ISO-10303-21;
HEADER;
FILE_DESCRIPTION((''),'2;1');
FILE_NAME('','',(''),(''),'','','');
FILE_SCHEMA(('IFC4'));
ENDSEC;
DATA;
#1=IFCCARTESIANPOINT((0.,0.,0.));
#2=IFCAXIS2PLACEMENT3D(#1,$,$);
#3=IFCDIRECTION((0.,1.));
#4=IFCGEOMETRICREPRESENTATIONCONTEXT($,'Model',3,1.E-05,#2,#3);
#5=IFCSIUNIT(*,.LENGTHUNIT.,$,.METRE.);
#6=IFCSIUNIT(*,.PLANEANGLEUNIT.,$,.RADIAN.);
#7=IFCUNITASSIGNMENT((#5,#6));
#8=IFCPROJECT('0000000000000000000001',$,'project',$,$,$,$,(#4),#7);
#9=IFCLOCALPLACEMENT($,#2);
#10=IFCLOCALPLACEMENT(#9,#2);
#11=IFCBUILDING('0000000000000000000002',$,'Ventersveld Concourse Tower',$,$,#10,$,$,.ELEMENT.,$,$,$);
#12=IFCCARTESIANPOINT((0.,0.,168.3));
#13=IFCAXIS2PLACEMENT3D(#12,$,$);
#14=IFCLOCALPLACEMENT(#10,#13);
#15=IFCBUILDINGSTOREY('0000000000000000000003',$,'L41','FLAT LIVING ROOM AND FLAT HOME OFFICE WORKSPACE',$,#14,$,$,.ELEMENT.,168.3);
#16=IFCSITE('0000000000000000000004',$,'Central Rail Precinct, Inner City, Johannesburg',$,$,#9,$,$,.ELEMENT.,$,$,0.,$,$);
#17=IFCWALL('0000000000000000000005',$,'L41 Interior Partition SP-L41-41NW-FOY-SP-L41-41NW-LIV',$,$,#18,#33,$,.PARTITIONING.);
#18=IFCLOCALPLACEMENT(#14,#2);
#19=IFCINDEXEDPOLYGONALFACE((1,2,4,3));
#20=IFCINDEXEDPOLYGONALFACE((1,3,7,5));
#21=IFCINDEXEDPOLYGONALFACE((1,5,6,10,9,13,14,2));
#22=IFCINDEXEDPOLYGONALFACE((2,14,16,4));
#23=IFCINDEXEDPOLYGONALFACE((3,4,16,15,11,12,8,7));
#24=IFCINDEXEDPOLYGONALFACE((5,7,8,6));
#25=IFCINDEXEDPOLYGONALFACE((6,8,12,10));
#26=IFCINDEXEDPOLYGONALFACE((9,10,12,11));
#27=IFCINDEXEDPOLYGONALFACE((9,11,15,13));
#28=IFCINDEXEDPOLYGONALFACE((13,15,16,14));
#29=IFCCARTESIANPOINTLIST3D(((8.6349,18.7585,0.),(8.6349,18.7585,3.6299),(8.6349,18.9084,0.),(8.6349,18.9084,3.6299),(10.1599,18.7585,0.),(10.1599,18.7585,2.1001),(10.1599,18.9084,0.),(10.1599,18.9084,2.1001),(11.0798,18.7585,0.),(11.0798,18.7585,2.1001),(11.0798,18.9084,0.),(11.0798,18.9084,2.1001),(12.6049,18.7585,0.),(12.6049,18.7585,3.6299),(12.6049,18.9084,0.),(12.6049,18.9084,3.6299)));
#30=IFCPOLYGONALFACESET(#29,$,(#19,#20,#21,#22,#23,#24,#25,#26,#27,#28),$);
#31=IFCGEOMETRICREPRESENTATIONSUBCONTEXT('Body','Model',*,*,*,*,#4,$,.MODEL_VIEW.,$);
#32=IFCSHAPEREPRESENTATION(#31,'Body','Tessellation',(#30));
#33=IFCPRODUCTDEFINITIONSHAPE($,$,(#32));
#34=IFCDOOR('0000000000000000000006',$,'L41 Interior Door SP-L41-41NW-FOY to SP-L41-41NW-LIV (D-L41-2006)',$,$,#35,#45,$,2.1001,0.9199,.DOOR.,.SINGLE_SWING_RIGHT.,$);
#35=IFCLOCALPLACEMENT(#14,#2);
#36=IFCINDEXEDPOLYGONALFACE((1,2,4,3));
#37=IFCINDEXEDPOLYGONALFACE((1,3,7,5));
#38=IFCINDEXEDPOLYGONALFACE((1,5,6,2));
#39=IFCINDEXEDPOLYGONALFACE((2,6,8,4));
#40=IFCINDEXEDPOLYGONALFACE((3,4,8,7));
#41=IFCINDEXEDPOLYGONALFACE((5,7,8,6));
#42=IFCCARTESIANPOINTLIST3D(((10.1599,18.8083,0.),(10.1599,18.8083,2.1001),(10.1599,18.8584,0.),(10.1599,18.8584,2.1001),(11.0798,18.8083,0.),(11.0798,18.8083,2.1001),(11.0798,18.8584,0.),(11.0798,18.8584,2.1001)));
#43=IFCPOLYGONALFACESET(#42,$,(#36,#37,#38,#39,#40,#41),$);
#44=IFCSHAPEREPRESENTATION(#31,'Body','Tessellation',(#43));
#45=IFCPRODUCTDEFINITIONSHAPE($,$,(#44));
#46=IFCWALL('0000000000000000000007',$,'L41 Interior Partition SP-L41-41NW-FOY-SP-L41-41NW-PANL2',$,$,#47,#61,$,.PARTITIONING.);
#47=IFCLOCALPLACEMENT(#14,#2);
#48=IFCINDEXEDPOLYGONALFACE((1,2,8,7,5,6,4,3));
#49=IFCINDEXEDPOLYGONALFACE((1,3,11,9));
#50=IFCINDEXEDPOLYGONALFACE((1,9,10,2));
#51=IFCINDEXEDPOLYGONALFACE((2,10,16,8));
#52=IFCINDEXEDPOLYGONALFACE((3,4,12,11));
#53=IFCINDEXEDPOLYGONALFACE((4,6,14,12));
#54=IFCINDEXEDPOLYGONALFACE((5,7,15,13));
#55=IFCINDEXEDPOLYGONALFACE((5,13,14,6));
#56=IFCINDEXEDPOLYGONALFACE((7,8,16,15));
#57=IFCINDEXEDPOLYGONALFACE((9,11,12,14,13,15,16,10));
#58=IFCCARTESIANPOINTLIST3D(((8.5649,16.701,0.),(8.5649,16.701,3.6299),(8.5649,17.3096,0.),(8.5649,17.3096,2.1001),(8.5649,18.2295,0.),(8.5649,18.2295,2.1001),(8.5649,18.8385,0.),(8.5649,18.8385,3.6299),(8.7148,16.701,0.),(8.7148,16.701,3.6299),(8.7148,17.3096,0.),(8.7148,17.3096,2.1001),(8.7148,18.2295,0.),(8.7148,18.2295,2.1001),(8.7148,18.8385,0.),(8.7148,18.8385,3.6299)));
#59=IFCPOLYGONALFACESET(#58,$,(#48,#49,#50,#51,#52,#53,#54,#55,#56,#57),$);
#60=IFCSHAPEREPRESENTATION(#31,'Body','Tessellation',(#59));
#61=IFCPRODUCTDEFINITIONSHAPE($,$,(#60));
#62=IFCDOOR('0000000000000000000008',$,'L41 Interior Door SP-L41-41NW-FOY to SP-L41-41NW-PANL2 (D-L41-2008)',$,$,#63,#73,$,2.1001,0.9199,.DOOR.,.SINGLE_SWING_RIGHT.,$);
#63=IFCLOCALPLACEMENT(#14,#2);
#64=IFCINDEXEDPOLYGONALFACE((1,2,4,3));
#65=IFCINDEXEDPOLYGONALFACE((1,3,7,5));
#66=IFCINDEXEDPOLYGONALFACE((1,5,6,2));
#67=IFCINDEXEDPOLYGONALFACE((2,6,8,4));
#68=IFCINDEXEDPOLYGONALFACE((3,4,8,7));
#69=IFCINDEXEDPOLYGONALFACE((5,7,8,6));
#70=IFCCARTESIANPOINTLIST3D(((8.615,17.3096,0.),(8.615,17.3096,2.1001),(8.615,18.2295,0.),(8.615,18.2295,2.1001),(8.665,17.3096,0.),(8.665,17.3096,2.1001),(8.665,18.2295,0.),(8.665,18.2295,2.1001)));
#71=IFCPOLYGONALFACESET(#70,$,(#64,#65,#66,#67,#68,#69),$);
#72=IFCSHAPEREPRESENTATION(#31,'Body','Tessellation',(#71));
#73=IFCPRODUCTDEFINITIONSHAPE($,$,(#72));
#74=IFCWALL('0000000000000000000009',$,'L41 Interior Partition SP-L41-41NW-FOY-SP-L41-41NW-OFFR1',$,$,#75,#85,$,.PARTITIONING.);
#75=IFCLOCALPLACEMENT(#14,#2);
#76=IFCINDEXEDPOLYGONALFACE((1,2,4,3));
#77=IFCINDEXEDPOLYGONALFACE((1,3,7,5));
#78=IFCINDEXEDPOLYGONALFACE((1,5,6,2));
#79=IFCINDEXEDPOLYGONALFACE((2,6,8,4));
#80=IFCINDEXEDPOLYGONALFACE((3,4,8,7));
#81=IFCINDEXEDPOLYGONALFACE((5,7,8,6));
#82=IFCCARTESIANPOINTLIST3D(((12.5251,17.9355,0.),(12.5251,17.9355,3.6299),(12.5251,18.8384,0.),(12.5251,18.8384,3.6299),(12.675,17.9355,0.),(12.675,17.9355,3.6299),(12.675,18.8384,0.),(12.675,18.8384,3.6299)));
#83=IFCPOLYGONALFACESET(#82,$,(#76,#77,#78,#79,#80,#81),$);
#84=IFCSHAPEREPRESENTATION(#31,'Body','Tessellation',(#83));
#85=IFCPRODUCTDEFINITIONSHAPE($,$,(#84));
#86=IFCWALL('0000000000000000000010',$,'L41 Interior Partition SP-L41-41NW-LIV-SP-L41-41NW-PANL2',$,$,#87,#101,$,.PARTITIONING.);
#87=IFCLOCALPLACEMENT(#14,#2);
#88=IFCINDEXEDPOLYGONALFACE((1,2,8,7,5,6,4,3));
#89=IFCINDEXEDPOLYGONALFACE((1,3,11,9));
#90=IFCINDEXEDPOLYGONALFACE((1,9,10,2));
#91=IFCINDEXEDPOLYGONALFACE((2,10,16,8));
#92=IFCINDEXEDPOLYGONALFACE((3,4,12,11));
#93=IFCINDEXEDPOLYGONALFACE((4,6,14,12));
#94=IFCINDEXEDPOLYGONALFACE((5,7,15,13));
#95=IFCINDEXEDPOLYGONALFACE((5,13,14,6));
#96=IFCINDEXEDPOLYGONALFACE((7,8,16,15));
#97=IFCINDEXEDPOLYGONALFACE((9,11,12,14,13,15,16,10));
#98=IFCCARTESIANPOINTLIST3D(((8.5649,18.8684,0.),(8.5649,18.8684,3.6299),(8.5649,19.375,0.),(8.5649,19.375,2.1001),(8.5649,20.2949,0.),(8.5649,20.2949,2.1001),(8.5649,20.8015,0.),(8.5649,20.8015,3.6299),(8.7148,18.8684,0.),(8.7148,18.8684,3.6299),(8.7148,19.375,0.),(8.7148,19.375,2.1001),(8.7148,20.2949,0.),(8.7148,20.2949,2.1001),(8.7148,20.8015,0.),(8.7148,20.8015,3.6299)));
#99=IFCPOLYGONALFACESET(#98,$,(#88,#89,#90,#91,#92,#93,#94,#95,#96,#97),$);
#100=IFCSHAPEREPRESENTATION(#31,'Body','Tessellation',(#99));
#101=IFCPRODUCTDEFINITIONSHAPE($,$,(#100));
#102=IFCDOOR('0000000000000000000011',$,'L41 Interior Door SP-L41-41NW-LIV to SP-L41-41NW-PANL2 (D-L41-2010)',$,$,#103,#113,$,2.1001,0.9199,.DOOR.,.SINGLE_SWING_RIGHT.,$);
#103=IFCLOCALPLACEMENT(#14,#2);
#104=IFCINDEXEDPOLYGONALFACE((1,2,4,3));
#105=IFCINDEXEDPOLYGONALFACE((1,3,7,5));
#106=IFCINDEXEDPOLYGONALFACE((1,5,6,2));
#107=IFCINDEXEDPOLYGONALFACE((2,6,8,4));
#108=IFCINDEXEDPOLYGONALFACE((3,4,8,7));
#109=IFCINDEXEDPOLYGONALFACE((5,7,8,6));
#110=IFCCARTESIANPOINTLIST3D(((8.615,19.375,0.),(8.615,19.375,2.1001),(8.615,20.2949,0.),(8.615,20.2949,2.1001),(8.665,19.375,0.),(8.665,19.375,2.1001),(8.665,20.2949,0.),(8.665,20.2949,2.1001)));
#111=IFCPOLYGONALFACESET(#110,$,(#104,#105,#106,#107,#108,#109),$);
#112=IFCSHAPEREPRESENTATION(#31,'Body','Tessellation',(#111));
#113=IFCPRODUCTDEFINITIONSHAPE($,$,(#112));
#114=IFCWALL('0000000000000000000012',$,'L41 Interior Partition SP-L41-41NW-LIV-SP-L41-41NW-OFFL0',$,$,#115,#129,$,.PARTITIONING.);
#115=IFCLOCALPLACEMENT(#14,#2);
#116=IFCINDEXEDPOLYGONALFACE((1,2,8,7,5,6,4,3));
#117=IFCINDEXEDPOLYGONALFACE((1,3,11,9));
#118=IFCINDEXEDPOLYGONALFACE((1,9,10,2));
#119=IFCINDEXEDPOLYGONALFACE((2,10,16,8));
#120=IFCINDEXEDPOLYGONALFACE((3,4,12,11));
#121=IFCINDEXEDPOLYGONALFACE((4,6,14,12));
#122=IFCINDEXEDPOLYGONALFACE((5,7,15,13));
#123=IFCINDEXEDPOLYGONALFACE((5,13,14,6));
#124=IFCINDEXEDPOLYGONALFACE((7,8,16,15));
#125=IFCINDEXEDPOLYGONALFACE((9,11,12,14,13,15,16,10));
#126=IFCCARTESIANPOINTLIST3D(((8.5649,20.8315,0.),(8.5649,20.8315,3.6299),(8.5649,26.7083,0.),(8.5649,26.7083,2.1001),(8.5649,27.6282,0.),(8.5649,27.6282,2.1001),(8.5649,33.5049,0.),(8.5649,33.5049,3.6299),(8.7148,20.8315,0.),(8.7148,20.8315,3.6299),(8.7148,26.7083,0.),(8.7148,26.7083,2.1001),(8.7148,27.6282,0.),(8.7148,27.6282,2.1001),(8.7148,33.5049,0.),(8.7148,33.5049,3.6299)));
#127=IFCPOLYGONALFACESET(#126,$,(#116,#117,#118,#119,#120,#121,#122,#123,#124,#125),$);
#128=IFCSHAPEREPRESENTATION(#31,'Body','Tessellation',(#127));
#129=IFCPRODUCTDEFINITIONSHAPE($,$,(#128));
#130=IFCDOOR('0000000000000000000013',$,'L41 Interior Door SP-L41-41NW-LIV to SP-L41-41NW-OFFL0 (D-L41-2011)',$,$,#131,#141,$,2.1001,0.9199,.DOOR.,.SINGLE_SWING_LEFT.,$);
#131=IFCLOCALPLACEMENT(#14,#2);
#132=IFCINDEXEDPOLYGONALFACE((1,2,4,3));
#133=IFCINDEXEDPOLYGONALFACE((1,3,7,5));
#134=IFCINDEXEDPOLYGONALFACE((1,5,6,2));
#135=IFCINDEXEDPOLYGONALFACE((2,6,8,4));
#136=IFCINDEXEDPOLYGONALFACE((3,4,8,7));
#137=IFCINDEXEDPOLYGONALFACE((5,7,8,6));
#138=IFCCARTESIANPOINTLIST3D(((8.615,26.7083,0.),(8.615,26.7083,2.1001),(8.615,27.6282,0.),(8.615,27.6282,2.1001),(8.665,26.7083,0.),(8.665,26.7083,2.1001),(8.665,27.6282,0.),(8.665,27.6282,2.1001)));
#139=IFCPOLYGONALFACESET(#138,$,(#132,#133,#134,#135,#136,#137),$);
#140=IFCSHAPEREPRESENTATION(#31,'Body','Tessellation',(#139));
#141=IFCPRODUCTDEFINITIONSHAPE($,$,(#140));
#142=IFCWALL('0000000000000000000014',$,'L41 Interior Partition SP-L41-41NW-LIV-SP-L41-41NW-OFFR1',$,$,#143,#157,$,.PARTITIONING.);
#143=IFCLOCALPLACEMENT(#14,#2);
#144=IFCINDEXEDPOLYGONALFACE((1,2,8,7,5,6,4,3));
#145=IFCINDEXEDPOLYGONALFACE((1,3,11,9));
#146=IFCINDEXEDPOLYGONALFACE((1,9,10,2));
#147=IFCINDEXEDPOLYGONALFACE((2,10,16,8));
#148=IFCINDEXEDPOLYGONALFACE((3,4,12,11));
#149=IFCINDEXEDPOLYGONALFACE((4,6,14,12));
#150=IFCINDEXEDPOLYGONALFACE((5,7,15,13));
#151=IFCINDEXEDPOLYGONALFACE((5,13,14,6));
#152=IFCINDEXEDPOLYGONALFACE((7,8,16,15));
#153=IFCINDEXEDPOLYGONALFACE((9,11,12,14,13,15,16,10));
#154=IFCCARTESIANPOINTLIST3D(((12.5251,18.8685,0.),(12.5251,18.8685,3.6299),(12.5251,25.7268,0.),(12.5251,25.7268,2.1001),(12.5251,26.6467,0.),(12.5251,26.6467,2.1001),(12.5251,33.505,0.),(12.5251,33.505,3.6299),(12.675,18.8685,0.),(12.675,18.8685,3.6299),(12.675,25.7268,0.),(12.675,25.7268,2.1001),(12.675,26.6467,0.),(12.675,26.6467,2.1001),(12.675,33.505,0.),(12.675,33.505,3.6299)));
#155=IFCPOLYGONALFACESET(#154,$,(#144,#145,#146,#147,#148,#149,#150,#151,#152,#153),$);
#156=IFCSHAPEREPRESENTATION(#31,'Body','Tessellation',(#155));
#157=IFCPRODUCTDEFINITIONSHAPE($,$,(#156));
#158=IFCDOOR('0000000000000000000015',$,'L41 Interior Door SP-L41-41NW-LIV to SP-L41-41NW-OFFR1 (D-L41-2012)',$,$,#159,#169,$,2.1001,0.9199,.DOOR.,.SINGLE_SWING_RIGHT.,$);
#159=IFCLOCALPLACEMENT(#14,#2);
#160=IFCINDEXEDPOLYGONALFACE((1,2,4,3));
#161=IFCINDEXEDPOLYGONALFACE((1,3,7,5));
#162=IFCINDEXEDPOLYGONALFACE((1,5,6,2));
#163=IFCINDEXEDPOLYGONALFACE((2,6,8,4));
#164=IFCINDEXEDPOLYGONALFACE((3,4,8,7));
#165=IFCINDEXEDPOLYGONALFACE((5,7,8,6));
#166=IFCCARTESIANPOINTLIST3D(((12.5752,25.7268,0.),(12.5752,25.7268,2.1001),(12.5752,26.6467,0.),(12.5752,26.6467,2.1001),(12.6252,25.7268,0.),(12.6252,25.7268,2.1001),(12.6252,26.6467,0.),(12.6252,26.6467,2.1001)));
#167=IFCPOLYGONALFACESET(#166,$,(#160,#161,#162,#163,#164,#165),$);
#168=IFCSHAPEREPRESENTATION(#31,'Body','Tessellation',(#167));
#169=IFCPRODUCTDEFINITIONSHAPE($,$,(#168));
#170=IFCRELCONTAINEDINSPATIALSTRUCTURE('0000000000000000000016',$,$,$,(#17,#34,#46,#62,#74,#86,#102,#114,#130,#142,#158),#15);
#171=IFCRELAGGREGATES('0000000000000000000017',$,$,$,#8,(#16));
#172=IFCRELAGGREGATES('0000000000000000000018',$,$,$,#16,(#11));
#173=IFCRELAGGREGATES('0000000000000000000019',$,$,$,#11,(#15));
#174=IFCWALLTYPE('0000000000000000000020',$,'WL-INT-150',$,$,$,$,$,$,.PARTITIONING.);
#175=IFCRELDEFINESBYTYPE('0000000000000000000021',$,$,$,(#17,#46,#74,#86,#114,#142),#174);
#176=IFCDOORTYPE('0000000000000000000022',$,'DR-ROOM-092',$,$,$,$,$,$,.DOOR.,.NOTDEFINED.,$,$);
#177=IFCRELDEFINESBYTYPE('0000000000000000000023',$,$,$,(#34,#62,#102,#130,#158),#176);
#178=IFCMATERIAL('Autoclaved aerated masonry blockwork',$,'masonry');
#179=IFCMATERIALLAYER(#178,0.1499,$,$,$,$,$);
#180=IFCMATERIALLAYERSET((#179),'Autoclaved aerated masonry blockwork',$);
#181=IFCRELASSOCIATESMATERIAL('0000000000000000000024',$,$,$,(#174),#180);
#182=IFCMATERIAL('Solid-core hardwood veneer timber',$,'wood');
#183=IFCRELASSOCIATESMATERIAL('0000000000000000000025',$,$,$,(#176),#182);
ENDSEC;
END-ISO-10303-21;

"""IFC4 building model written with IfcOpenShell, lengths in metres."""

from ifc_helpers import new_model, si_unit, direction, frame, frame_2d, origin, place, context, subcontext, project, spatial, rectangle, extrude, material, layer, layer_set, type_object, element, fill, save


model = new_model("IFC4")

# Units and contexts
model_context = context("Model", 3, precision=1e-05, world=origin(), true_north=direction((0.0, 1.0)))
body_context = subcontext(model_context, "Body", "Model", "MODEL_VIEW")
ifc_project = project(units=[si_unit("LENGTHUNIT", "METRE"), si_unit("PLANEANGLEUNIT", "RADIAN")], contexts=[model_context])

# Site, building, storey
site_placement = place(None, origin())
site = spatial("IfcSite", under=ifc_project, at=site_placement, Name="Central Rail Precinct, Inner City, Johannesburg", CompositionType="ELEMENT", RefElevation=0.0)
building_placement = place(site_placement, origin())
building = spatial("IfcBuilding", under=site, at=building_placement, Name="Ventersveld Concourse Tower", CompositionType="ELEMENT")
storey_placement = place(building_placement, frame((0.0, 0.0, 168.3)))
storey = spatial("IfcBuildingStorey", under=building, at=storey_placement, Name="L41", Description="FLAT LIVING ROOM AND FLAT HOME OFFICE WORKSPACE", CompositionType="ELEMENT", Elevation=168.3)

# Shared definitions
ifc_material_1 = material(Name="Solid-core hardwood veneer timber", Category="wood")

# Walls, openings, doors
ifc_material_2 = material(Name="Autoclaved aerated masonry blockwork", Category="masonry")
ifc_layer_1 = layer(ifc_material_2, 0.1499)
ifc_layer_set_1 = layer_set([ifc_layer_1], Name="Autoclaved aerated masonry blockwork")
wall_type_1 = type_object("IfcWallType", Name="WL-INT-150", PredefinedType="PARTITIONING", material=ifc_layer_set_1)
wall_1_placement = place(storey_placement, frame((8.635, 18.8335, 0.0), z_axis=(0.0, 0.0, 1.0), x_axis=(1.0, 0.0, 0.0)))
wall_1 = element("IfcWall", 1, at=wall_1_placement, inside=storey, type_object=wall_type_1, Name="L41 Interior Partition SP-L41-41NW-FOY-SP-L41-41NW-LIV", PredefinedType="PARTITIONING", context=body_context, shape_type="SweptSolid", body=[
    extrude(rectangle(XDim=3.97, YDim=0.1499, at=frame_2d((1.9849, 0.0))), origin(), (0.0, 0.0, 1.0), 3.6299),
])
opening_1_placement = place(wall_1_placement, frame((1.5249, 0.0, 0.0)))
opening_1 = element("IfcOpeningElement", 2, at=opening_1_placement, cuts=wall_1, PredefinedType="OPENING", context=body_context, shape_type="SweptSolid", body=[
    extrude(rectangle(XDim=0.9199, YDim=2.1001, at=frame_2d((0.46, 1.05))), frame((0.0, 0.085, 0.0), z_axis=(0.0, -1.0, 0.0), x_axis=(1.0, 0.0, 0.0)), (0.0, 0.0, 1.0), 0.1699),
])
door_type_1 = type_object("IfcDoorType", Name="DR-ROOM-092", OperationType="NOTDEFINED", PredefinedType="DOOR", material=ifc_material_1)
door_1_placement = place(opening_1_placement, origin())
door_1 = element("IfcDoor", 3, at=door_1_placement, inside=storey, type_object=door_type_1, Name="L41 Interior Door SP-L41-41NW-FOY to SP-L41-41NW-LIV (D-L41-2006)", OperationType="SINGLE_SWING_RIGHT", OverallHeight=2.1001, OverallWidth=0.9199, PredefinedType="DOOR", context=body_context, shape_type="SweptSolid", body=[
    extrude(rectangle(XDim=0.9199, YDim=2.1001, at=frame_2d((0.46, 1.05))), frame((0.0, 0.0249, 0.0), z_axis=(0.0, -1.0, 0.0), x_axis=(1.0, 0.0, 0.0)), (0.0, 0.0, 1.0), 0.05),
])
fill(opening_1, door_1)
wall_2_placement = place(storey_placement, frame((8.6399, 16.7009, 0.0), z_axis=(0.0, 0.0, 1.0), x_axis=(0.0, 1.0, 0.0)))
wall_2 = element("IfcWall", 4, at=wall_2_placement, inside=storey, type_object=wall_type_1, Name="L41 Interior Partition SP-L41-41NW-FOY-SP-L41-41NW-PANL2", PredefinedType="PARTITIONING", context=body_context, shape_type="SweptSolid", body=[
    extrude(rectangle(XDim=2.1375, YDim=0.1499, at=frame_2d((1.0688, 0.0))), origin(), (0.0, 0.0, 1.0), 3.6299),
])
opening_2_placement = place(wall_2_placement, frame((0.6086, 0.0, 0.0)))
opening_2 = element("IfcOpeningElement", 5, at=opening_2_placement, cuts=wall_2, PredefinedType="OPENING", context=body_context, shape_type="SweptSolid", body=[
    extrude(rectangle(XDim=0.9199, YDim=2.1001, at=frame_2d((0.46, 1.05))), frame((0.0, 0.085, 0.0), z_axis=(0.0, -1.0, 0.0), x_axis=(1.0, 0.0, 0.0)), (0.0, 0.0, 1.0), 0.1699),
])
door_2_placement = place(opening_2_placement, origin())
door_2 = element("IfcDoor", 6, at=door_2_placement, inside=storey, type_object=door_type_1, Name="L41 Interior Door SP-L41-41NW-FOY to SP-L41-41NW-PANL2 (D-L41-2008)", OperationType="SINGLE_SWING_RIGHT", OverallHeight=2.1001, OverallWidth=0.9199, PredefinedType="DOOR", context=body_context, shape_type="SweptSolid", body=[
    extrude(rectangle(XDim=0.9199, YDim=2.1001, at=frame_2d((0.46, 1.05))), frame((0.0, 0.0249, 0.0), z_axis=(0.0, -1.0, 0.0), x_axis=(1.0, 0.0, 0.0)), (0.0, 0.0, 1.0), 0.05),
])
fill(opening_2, door_2)

# Wall
wall_3_placement = place(storey_placement, frame((12.6001, 17.9355, 0.0), z_axis=(0.0, 0.0, 1.0), x_axis=(0.0, 1.0, 0.0)))
element("IfcWall", 7, at=wall_3_placement, inside=storey, type_object=wall_type_1, Name="L41 Interior Partition SP-L41-41NW-FOY-SP-L41-41NW-OFFR1", PredefinedType="PARTITIONING", context=body_context, shape_type="SweptSolid", body=[
    extrude(rectangle(XDim=0.9028, YDim=0.1499, at=frame_2d((0.4514, 0.0))), origin(), (0.0, 0.0, 1.0), 3.6299),
])

# Walls, openings, doors
wall_4_placement = place(storey_placement, frame((8.6399, 18.8684, 0.0), z_axis=(0.0, 0.0, 1.0), x_axis=(0.0, 1.0, 0.0)))
wall_4 = element("IfcWall", 8, at=wall_4_placement, inside=storey, type_object=wall_type_1, Name="L41 Interior Partition SP-L41-41NW-LIV-SP-L41-41NW-PANL2", PredefinedType="PARTITIONING", context=body_context, shape_type="SweptSolid", body=[
    extrude(rectangle(XDim=1.9331, YDim=0.1499, at=frame_2d((0.9666, 0.0))), origin(), (0.0, 0.0, 1.0), 3.6299),
])
opening_3_placement = place(wall_4_placement, frame((0.5066, 0.0, 0.0)))
opening_3 = element("IfcOpeningElement", 9, at=opening_3_placement, cuts=wall_4, PredefinedType="OPENING", context=body_context, shape_type="SweptSolid", body=[
    extrude(rectangle(XDim=0.9199, YDim=2.1001, at=frame_2d((0.46, 1.05))), frame((0.0, 0.085, 0.0), z_axis=(0.0, -1.0, 0.0), x_axis=(1.0, 0.0, 0.0)), (0.0, 0.0, 1.0), 0.1699),
])
door_3_placement = place(opening_3_placement, origin())
door_3 = element("IfcDoor", 10, at=door_3_placement, inside=storey, type_object=door_type_1, Name="L41 Interior Door SP-L41-41NW-LIV to SP-L41-41NW-PANL2 (D-L41-2010)", OperationType="SINGLE_SWING_RIGHT", OverallHeight=2.1001, OverallWidth=0.9199, PredefinedType="DOOR", context=body_context, shape_type="SweptSolid", body=[
    extrude(rectangle(XDim=0.9199, YDim=2.1001, at=frame_2d((0.46, 1.05))), frame((0.0, 0.0249, 0.0), z_axis=(0.0, -1.0, 0.0), x_axis=(1.0, 0.0, 0.0)), (0.0, 0.0, 1.0), 0.05),
])
fill(opening_3, door_3)
wall_5_placement = place(storey_placement, frame((8.6399, 20.8315, 0.0), z_axis=(0.0, 0.0, 1.0), x_axis=(0.0, 1.0, 0.0)))
wall_5 = element("IfcWall", 11, at=wall_5_placement, inside=storey, type_object=wall_type_1, Name="L41 Interior Partition SP-L41-41NW-LIV-SP-L41-41NW-OFFL0", PredefinedType="PARTITIONING", context=body_context, shape_type="SweptSolid", body=[
    extrude(rectangle(XDim=12.6733, YDim=0.1499, at=frame_2d((6.3367, 0.0))), origin(), (0.0, 0.0, 1.0), 3.6299),
])
opening_4_placement = place(wall_5_placement, frame((5.8767, 0.0, 0.0)))
opening_4 = element("IfcOpeningElement", 12, at=opening_4_placement, cuts=wall_5, PredefinedType="OPENING", context=body_context, shape_type="SweptSolid", body=[
    extrude(rectangle(XDim=0.9199, YDim=2.1001, at=frame_2d((0.46, 1.05))), frame((0.0, 0.085, 0.0), z_axis=(0.0, -1.0, 0.0), x_axis=(1.0, 0.0, 0.0)), (0.0, 0.0, 1.0), 0.1699),
])
door_4_placement = place(opening_4_placement, origin())
door_4 = element("IfcDoor", 13, at=door_4_placement, inside=storey, type_object=door_type_1, Name="L41 Interior Door SP-L41-41NW-LIV to SP-L41-41NW-OFFL0 (D-L41-2011)", OperationType="SINGLE_SWING_LEFT", OverallHeight=2.1001, OverallWidth=0.9199, PredefinedType="DOOR", context=body_context, shape_type="SweptSolid", body=[
    extrude(rectangle(XDim=0.9199, YDim=2.1001, at=frame_2d((0.46, 1.05))), frame((0.0, 0.0249, 0.0), z_axis=(0.0, -1.0, 0.0), x_axis=(1.0, 0.0, 0.0)), (0.0, 0.0, 1.0), 0.05),
])
fill(opening_4, door_4)
wall_6_placement = place(storey_placement, frame((12.6001, 18.8684, 0.0), z_axis=(0.0, 0.0, 1.0), x_axis=(0.0, 1.0, 0.0)))
wall_6 = element("IfcWall", 14, at=wall_6_placement, inside=storey, type_object=wall_type_1, Name="L41 Interior Partition SP-L41-41NW-LIV-SP-L41-41NW-OFFR1", PredefinedType="PARTITIONING", context=body_context, shape_type="SweptSolid", body=[
    extrude(rectangle(XDim=14.6365, YDim=0.1499, at=frame_2d((7.3184, 0.0))), origin(), (0.0, 0.0, 1.0), 3.6299),
])
opening_5_placement = place(wall_6_placement, frame((6.8584, 0.0, 0.0)))
opening_5 = element("IfcOpeningElement", 15, at=opening_5_placement, cuts=wall_6, PredefinedType="OPENING", context=body_context, shape_type="SweptSolid", body=[
    extrude(rectangle(XDim=0.9199, YDim=2.1001, at=frame_2d((0.46, 1.05))), frame((0.0, 0.085, 0.0), z_axis=(0.0, -1.0, 0.0), x_axis=(1.0, 0.0, 0.0)), (0.0, 0.0, 1.0), 0.1699),
])
door_5_placement = place(opening_5_placement, origin())
door_5 = element("IfcDoor", 16, at=door_5_placement, inside=storey, type_object=door_type_1, Name="L41 Interior Door SP-L41-41NW-LIV to SP-L41-41NW-OFFR1 (D-L41-2012)", OperationType="SINGLE_SWING_RIGHT", OverallHeight=2.1001, OverallWidth=0.9199, PredefinedType="DOOR", context=body_context, shape_type="SweptSolid", body=[
    extrude(rectangle(XDim=0.9199, YDim=2.1001, at=frame_2d((0.46, 1.05))), frame((0.0, 0.0249, 0.0), z_axis=(0.0, -1.0, 0.0), x_axis=(1.0, 0.0, 0.0)), (0.0, 0.0, 1.0), 0.05),
])
fill(opening_5, door_5)

save(model, "model.ifc")
